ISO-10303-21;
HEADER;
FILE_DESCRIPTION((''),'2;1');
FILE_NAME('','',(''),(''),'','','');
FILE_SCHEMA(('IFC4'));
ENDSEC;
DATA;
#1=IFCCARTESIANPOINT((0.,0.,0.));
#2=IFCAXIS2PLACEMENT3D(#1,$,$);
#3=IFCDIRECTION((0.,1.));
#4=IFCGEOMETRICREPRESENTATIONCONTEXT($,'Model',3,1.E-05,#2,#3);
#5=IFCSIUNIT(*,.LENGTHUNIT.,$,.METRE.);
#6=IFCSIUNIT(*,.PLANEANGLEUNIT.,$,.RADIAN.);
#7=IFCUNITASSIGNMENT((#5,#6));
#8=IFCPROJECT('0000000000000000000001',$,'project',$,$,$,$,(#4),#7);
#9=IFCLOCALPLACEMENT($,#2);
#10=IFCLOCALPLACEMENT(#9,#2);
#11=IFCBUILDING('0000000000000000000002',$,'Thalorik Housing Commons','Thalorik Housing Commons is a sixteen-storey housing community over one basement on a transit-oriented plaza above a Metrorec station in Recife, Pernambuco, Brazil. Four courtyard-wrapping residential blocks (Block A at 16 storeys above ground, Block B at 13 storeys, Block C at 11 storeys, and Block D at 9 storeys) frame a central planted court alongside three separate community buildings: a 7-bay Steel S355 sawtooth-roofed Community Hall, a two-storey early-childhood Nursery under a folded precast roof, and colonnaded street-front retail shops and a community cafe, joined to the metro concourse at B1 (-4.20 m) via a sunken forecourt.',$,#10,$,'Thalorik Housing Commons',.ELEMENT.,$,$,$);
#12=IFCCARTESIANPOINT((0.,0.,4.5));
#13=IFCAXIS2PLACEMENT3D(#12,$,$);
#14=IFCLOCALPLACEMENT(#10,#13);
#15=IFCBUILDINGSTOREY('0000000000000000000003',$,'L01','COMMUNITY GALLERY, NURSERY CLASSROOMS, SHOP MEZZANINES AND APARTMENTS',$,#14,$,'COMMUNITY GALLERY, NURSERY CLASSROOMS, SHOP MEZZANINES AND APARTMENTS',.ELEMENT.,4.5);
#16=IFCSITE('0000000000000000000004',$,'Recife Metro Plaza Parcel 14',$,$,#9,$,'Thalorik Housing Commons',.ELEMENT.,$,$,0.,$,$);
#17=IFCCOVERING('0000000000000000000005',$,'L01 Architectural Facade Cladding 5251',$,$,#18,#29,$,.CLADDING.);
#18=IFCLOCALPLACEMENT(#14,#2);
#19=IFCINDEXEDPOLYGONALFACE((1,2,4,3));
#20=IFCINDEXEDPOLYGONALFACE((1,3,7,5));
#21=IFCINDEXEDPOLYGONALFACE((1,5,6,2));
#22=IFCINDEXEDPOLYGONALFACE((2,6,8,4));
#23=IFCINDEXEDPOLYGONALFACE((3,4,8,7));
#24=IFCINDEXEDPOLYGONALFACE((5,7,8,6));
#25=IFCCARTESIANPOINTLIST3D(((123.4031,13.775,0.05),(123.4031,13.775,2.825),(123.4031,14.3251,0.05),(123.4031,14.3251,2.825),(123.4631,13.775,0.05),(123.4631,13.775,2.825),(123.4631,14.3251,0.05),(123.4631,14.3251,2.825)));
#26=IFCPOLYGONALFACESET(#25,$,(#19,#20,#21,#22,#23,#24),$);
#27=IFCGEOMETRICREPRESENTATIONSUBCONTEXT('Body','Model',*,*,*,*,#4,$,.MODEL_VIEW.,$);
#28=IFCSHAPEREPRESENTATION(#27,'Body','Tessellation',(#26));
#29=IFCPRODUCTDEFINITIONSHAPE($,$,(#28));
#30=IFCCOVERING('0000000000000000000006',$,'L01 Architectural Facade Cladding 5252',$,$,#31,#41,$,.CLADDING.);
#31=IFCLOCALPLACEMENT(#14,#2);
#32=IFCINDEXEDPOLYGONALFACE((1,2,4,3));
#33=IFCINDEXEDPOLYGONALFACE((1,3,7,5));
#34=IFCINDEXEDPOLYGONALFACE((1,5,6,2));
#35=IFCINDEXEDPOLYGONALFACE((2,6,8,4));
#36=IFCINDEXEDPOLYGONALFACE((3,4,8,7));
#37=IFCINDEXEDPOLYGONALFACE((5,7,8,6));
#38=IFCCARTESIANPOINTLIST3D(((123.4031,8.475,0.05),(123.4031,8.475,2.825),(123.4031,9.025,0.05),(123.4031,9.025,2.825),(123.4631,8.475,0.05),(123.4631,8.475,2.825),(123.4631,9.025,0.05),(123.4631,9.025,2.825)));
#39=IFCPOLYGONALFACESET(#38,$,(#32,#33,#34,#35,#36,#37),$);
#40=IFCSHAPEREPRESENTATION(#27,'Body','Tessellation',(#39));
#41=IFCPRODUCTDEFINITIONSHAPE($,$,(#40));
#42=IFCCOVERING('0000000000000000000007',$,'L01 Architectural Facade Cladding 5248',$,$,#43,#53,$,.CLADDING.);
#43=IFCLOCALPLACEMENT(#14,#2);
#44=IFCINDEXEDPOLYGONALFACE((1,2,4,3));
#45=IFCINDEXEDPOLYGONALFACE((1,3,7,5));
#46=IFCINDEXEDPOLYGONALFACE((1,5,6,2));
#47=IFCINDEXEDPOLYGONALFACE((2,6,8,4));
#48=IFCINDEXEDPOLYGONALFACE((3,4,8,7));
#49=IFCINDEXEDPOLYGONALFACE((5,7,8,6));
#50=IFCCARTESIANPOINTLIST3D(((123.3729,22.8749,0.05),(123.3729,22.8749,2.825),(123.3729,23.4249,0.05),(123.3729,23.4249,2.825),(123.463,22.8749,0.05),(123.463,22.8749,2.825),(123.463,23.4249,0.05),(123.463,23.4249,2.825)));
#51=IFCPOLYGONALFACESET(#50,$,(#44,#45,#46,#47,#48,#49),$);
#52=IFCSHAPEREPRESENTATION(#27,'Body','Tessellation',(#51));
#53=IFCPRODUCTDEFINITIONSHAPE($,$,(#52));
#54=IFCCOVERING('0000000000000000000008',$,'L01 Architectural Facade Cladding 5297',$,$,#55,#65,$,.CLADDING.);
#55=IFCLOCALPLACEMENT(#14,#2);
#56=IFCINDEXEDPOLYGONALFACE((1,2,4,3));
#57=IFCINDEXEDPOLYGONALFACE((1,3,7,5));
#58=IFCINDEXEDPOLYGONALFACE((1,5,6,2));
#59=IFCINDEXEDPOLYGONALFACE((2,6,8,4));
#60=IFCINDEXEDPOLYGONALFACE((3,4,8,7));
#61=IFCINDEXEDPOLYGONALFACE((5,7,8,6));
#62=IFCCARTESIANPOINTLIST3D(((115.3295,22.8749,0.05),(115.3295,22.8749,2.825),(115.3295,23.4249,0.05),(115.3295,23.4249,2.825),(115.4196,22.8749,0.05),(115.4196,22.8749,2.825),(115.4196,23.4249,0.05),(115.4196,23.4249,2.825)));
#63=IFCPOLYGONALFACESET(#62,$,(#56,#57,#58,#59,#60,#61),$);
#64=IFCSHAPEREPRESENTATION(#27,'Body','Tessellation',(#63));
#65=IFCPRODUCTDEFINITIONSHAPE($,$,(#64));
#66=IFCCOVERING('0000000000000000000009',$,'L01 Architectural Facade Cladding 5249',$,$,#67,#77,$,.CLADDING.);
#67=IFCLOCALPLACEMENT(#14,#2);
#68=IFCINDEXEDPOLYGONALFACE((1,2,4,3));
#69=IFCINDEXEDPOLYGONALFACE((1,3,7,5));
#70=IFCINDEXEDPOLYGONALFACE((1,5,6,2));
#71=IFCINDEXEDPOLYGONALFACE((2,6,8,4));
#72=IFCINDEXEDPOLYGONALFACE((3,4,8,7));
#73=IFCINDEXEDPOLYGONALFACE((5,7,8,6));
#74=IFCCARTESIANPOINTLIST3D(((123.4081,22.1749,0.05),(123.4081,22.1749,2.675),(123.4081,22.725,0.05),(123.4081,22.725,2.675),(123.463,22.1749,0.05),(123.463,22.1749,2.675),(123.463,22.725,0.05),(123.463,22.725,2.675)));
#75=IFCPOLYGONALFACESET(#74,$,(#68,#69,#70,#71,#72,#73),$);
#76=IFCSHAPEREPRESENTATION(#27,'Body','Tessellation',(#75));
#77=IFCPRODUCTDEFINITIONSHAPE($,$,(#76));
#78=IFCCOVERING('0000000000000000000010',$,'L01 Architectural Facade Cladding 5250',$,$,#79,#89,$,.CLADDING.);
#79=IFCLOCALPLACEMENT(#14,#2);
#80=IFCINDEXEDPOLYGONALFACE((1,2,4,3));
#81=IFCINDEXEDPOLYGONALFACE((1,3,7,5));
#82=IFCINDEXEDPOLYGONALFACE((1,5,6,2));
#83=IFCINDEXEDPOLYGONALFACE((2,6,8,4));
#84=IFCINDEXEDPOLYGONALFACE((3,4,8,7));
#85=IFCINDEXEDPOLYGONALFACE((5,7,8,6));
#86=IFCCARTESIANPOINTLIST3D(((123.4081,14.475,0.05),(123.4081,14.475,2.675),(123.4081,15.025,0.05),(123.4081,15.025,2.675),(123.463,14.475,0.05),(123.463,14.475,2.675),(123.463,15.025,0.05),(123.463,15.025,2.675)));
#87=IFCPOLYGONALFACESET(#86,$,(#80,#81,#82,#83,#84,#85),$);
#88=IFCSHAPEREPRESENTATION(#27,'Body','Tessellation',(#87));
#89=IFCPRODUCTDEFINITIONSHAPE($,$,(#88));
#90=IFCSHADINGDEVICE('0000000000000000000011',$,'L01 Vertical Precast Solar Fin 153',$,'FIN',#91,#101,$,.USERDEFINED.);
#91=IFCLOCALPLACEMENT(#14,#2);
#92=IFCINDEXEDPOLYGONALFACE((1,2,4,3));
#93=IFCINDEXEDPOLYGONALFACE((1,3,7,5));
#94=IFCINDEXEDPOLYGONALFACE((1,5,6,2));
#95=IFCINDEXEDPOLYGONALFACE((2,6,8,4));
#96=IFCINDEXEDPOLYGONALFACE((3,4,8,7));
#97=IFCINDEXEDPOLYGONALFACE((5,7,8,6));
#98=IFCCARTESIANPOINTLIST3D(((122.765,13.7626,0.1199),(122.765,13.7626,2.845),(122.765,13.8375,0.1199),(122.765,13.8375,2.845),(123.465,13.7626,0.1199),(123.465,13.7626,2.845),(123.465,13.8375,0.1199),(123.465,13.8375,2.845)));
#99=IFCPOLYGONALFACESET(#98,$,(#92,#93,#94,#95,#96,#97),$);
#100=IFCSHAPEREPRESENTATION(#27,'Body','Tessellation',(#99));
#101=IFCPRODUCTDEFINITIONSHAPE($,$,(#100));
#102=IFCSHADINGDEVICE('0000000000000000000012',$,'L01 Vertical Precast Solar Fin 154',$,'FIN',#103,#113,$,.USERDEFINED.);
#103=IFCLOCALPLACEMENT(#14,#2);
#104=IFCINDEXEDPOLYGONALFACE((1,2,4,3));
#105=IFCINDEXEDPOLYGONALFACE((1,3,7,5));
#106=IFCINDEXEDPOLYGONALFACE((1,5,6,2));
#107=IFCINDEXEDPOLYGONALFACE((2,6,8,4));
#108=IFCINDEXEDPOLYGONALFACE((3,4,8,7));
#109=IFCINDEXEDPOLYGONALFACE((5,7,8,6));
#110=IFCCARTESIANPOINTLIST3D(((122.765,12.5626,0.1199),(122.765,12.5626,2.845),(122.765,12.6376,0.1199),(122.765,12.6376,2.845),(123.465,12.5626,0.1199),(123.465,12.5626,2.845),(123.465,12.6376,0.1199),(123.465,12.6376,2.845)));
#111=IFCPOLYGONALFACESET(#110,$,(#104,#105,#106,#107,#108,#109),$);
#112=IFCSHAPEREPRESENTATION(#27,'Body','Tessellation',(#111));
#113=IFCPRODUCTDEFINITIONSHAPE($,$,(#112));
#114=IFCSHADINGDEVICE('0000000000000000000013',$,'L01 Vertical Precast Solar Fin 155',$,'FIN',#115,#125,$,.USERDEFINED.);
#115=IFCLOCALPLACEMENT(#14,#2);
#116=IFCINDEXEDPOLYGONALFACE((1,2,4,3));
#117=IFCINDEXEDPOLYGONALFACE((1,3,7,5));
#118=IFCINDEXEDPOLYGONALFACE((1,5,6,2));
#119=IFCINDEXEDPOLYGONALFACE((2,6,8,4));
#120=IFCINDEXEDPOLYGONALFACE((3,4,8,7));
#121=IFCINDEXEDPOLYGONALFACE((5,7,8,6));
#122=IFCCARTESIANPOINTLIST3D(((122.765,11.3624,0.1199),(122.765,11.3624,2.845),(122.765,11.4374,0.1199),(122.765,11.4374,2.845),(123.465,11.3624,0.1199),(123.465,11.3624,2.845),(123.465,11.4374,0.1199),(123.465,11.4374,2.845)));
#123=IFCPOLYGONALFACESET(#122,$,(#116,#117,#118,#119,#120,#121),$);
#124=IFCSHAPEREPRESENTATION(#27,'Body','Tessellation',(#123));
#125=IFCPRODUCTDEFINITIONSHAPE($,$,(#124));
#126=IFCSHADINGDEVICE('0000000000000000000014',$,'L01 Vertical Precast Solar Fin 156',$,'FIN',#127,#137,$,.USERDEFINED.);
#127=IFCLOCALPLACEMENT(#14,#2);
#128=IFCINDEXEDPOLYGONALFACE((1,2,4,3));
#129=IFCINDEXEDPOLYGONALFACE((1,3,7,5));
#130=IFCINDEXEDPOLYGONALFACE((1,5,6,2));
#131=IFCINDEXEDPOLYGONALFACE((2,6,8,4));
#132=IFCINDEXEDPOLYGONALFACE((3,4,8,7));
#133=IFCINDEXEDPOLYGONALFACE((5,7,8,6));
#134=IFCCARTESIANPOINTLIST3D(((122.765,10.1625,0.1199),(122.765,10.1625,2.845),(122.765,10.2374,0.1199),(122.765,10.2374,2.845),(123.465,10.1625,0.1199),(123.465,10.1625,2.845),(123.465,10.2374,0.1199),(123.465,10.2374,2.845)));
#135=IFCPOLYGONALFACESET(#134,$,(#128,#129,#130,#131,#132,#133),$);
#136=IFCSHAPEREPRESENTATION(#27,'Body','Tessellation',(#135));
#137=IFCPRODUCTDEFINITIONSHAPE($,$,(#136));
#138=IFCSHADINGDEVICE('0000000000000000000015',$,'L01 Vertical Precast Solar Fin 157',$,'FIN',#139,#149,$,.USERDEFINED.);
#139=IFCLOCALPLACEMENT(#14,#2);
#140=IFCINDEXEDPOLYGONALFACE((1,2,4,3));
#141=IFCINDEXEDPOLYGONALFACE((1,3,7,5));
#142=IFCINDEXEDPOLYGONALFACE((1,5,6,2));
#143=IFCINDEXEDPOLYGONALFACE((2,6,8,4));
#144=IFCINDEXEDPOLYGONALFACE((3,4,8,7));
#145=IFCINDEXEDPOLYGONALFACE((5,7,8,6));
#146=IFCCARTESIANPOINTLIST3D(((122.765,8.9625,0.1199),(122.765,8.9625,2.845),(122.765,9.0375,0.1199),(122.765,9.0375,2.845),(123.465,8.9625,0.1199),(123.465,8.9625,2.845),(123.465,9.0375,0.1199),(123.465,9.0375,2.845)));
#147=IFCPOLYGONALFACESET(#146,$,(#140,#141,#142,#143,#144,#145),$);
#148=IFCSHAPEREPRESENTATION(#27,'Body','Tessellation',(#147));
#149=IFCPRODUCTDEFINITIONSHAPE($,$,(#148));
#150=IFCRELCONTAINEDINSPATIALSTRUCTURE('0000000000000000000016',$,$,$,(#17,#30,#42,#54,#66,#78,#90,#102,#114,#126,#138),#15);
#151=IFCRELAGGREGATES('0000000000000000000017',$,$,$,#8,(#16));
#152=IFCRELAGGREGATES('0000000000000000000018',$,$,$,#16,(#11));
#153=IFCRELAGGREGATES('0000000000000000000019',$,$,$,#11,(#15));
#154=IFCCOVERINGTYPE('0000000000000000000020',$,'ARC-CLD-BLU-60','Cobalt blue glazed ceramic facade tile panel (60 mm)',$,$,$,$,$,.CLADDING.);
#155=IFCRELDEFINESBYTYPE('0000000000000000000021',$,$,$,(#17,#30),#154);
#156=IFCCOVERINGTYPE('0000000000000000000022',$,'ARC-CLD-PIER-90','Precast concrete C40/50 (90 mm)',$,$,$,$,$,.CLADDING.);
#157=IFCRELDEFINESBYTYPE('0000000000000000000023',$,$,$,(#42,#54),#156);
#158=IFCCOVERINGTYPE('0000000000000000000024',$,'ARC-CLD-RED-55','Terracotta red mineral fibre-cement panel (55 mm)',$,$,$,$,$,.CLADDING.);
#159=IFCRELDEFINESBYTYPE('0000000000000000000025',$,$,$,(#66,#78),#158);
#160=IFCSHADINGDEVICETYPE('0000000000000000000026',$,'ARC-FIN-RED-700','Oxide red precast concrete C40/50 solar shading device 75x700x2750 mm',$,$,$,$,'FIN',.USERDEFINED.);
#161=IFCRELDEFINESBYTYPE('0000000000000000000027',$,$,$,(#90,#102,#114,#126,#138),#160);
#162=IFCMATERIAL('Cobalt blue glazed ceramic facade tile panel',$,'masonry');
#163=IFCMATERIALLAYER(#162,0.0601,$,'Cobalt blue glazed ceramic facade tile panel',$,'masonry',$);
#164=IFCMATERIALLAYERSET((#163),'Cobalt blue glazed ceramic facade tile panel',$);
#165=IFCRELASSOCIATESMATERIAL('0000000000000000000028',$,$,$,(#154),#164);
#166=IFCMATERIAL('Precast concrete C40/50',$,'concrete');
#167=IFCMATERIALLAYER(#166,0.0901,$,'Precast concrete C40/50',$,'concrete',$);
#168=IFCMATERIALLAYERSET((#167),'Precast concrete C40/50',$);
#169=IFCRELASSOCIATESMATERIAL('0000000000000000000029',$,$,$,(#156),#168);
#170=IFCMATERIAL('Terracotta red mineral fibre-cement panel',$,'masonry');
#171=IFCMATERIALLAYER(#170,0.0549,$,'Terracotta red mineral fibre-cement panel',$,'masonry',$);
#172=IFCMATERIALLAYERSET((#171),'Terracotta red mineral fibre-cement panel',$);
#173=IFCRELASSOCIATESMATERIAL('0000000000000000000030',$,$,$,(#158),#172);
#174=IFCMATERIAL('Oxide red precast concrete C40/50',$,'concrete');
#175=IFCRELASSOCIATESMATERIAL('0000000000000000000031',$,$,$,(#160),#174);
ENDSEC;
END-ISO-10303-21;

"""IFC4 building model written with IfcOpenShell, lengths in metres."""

from ifc_helpers import new_model, si_unit, direction, frame, origin, origin_2d, place, context, subcontext, project, spatial, rectangle, extrude, material, layer, layer_set, type_object, element, save


model = new_model("IFC4")

# Units and contexts
model_context = context("Model", 3, precision=1e-05, world=origin(), true_north=direction((0.0, 1.0)))
body_context = subcontext(model_context, "Body", "Model", "MODEL_VIEW")
ifc_project = project(units=[si_unit("LENGTHUNIT", "METRE"), si_unit("PLANEANGLEUNIT", "RADIAN")], contexts=[model_context])

# Site, building, storey
site_placement = place(None, origin())
site = spatial("IfcSite", under=ifc_project, at=site_placement, Name="Recife Metro Plaza Parcel 14", LongName="Thalorik Housing Commons", CompositionType="ELEMENT", RefElevation=0.0)
building_placement = place(site_placement, origin())
building = spatial("IfcBuilding", under=site, at=building_placement, Name="Thalorik Housing Commons", Description="Thalorik Housing Commons is a sixteen-storey housing community over one basement on a transit-oriented plaza above a Metrorec station in Recife, Pernambuco, Brazil. Four courtyard-wrapping residential blocks (Block A at 16 storeys above ground, Block B at 13 storeys, Block C at 11 storeys, and Block D at 9 storeys) frame a central planted court alongside three separate community buildings: a 7-bay Steel S355 sawtooth-roofed Community Hall, a two-storey early-childhood Nursery under a folded precast roof, and colonnaded street-front retail shops and a community cafe, joined to the metro concourse at B1 (-4.20 m) via a sunken forecourt.", LongName="Thalorik Housing Commons", CompositionType="ELEMENT")
storey_placement = place(building_placement, frame((0.0, 0.0, 4.5)))
storey = spatial("IfcBuildingStorey", under=building, at=storey_placement, Name="L01", Description="COMMUNITY GALLERY, NURSERY CLASSROOMS, SHOP MEZZANINES AND APARTMENTS", LongName="COMMUNITY GALLERY, NURSERY CLASSROOMS, SHOP MEZZANINES AND APARTMENTS", CompositionType="ELEMENT", Elevation=4.5)

# Shared definitions
ifc_material_1 = material(Name="Precast concrete C40/50", Category="concrete")

# Coverings
ifc_material_2 = material(Name="Cobalt blue glazed ceramic facade tile panel", Category="masonry")
ifc_layer_1 = layer(ifc_material_2, 0.0601, Name="Cobalt blue glazed ceramic facade tile panel", Category="masonry")
ifc_layer_set_1 = layer_set([ifc_layer_1], Name="Cobalt blue glazed ceramic facade tile panel")
covering_type_1 = type_object("IfcCoveringType", Name="ARC-CLD-BLU-60", Description="Cobalt blue glazed ceramic facade tile panel (60 mm)", PredefinedType="CLADDING", material=ifc_layer_set_1)
for number, where, z_axis, x_axis, name in (
    (1, (123.4331, 14.05, 0.05), (0.0, 0.0, 1.0), (0.0, -1.0, 0.0), "L01 Architectural Facade Cladding 5251"),
    (2, (123.4331, 8.75, 0.05), (0.0, 0.0, 1.0), (0.0, -1.0, 0.0), "L01 Architectural Facade Cladding 5252"),
):
    element("IfcCovering", number, at=place(storey_placement, frame(where, z_axis=z_axis, x_axis=x_axis)), inside=storey, type_object=covering_type_1, Name=name, PredefinedType="CLADDING", context=body_context, shape_type="SweptSolid", body=[
        extrude(rectangle(XDim=0.55, YDim=0.0601, at=origin_2d()), origin(), (0.0, 0.0, 1.0), 2.7749),
    ])
ifc_layer_2 = layer(ifc_material_1, 0.0901, Name="Precast concrete C40/50", Category="concrete")
ifc_layer_set_2 = layer_set([ifc_layer_2], Name="Precast concrete C40/50")
covering_type_2 = type_object("IfcCoveringType", Name="ARC-CLD-PIER-90", Description="Precast concrete C40/50 (90 mm)", PredefinedType="CLADDING", material=ifc_layer_set_2)
for number, where, z_axis, x_axis, name in (
    (3, (123.418, 23.1499, 0.05), (0.0, 0.0, 1.0), (0.0, -1.0, 0.0), "L01 Architectural Facade Cladding 5248"),
    (4, (115.3745, 23.1499, 0.05), (0.0, 0.0, 1.0), (0.0, 1.0, 0.0), "L01 Architectural Facade Cladding 5297"),
):
    element("IfcCovering", number, at=place(storey_placement, frame(where, z_axis=z_axis, x_axis=x_axis)), inside=storey, type_object=covering_type_2, Name=name, PredefinedType="CLADDING", context=body_context, shape_type="SweptSolid", body=[
        extrude(rectangle(XDim=0.55, YDim=0.0901, at=origin_2d()), origin(), (0.0, 0.0, 1.0), 2.7749),
    ])
ifc_material_3 = material(Name="Terracotta red mineral fibre-cement panel", Category="masonry")
ifc_layer_3 = layer(ifc_material_3, 0.0549, Name="Terracotta red mineral fibre-cement panel", Category="masonry")
ifc_layer_set_3 = layer_set([ifc_layer_3], Name="Terracotta red mineral fibre-cement panel")
covering_type_3 = type_object("IfcCoveringType", Name="ARC-CLD-RED-55", Description="Terracotta red mineral fibre-cement panel (55 mm)", PredefinedType="CLADDING", material=ifc_layer_set_3)
for number, where, z_axis, x_axis, name in (
    (5, (123.4355, 22.45, 0.05), (0.0, 0.0, 1.0), (0.0, -1.0, 0.0), "L01 Architectural Facade Cladding 5249"),
    (6, (123.4355, 14.75, 0.05), (0.0, 0.0, 1.0), (0.0, -1.0, 0.0), "L01 Architectural Facade Cladding 5250"),
):
    element("IfcCovering", number, at=place(storey_placement, frame(where, z_axis=z_axis, x_axis=x_axis)), inside=storey, type_object=covering_type_3, Name=name, PredefinedType="CLADDING", context=body_context, shape_type="SweptSolid", body=[
        extrude(rectangle(XDim=0.55, YDim=0.0549, at=origin_2d()), origin(), (0.0, 0.0, 1.0), 2.625),
    ])

# Shading devices
ifc_material_4 = material(Name="Oxide red precast concrete C40/50", Category="concrete")
shading_device_type = type_object("IfcShadingDeviceType", Name="ARC-FIN-RED-700", Description="Oxide red precast concrete C40/50 solar shading device 75x700x2750 mm", ElementType="FIN", PredefinedType="USERDEFINED", material=ifc_material_4)
for number, where, z_axis, x_axis, name in (
    (7, (123.115, 13.8, 0.1199), (0.0, 0.0, 1.0), (0.0, -1.0, 0.0), "L01 Vertical Precast Solar Fin 153"),
    (8, (123.115, 12.6001, 0.1199), (0.0, 0.0, 1.0), (0.0, -1.0, 0.0), "L01 Vertical Precast Solar Fin 154"),
    (9, (123.115, 11.3999, 0.1199), (0.0, 0.0, 1.0), (0.0, -1.0, 0.0), "L01 Vertical Precast Solar Fin 155"),
    (10, (123.115, 10.2, 0.1199), (0.0, 0.0, 1.0), (0.0, -1.0, 0.0), "L01 Vertical Precast Solar Fin 156"),
    (11, (123.115, 9.0, 0.1199), (0.0, 0.0, 1.0), (0.0, -1.0, 0.0), "L01 Vertical Precast Solar Fin 157"),
):
    element("IfcShadingDevice", number, at=place(storey_placement, frame(where, z_axis=z_axis, x_axis=x_axis)), inside=storey, type_object=shading_device_type, Name=name, ObjectType="FIN", PredefinedType="USERDEFINED", context=body_context, shape_type="SweptSolid", body=[
        extrude(rectangle(XDim=0.075, YDim=0.7, at=origin_2d()), origin(), (0.0, 0.0, 1.0), 2.7251),
    ])

save(model, "model.ifc")
